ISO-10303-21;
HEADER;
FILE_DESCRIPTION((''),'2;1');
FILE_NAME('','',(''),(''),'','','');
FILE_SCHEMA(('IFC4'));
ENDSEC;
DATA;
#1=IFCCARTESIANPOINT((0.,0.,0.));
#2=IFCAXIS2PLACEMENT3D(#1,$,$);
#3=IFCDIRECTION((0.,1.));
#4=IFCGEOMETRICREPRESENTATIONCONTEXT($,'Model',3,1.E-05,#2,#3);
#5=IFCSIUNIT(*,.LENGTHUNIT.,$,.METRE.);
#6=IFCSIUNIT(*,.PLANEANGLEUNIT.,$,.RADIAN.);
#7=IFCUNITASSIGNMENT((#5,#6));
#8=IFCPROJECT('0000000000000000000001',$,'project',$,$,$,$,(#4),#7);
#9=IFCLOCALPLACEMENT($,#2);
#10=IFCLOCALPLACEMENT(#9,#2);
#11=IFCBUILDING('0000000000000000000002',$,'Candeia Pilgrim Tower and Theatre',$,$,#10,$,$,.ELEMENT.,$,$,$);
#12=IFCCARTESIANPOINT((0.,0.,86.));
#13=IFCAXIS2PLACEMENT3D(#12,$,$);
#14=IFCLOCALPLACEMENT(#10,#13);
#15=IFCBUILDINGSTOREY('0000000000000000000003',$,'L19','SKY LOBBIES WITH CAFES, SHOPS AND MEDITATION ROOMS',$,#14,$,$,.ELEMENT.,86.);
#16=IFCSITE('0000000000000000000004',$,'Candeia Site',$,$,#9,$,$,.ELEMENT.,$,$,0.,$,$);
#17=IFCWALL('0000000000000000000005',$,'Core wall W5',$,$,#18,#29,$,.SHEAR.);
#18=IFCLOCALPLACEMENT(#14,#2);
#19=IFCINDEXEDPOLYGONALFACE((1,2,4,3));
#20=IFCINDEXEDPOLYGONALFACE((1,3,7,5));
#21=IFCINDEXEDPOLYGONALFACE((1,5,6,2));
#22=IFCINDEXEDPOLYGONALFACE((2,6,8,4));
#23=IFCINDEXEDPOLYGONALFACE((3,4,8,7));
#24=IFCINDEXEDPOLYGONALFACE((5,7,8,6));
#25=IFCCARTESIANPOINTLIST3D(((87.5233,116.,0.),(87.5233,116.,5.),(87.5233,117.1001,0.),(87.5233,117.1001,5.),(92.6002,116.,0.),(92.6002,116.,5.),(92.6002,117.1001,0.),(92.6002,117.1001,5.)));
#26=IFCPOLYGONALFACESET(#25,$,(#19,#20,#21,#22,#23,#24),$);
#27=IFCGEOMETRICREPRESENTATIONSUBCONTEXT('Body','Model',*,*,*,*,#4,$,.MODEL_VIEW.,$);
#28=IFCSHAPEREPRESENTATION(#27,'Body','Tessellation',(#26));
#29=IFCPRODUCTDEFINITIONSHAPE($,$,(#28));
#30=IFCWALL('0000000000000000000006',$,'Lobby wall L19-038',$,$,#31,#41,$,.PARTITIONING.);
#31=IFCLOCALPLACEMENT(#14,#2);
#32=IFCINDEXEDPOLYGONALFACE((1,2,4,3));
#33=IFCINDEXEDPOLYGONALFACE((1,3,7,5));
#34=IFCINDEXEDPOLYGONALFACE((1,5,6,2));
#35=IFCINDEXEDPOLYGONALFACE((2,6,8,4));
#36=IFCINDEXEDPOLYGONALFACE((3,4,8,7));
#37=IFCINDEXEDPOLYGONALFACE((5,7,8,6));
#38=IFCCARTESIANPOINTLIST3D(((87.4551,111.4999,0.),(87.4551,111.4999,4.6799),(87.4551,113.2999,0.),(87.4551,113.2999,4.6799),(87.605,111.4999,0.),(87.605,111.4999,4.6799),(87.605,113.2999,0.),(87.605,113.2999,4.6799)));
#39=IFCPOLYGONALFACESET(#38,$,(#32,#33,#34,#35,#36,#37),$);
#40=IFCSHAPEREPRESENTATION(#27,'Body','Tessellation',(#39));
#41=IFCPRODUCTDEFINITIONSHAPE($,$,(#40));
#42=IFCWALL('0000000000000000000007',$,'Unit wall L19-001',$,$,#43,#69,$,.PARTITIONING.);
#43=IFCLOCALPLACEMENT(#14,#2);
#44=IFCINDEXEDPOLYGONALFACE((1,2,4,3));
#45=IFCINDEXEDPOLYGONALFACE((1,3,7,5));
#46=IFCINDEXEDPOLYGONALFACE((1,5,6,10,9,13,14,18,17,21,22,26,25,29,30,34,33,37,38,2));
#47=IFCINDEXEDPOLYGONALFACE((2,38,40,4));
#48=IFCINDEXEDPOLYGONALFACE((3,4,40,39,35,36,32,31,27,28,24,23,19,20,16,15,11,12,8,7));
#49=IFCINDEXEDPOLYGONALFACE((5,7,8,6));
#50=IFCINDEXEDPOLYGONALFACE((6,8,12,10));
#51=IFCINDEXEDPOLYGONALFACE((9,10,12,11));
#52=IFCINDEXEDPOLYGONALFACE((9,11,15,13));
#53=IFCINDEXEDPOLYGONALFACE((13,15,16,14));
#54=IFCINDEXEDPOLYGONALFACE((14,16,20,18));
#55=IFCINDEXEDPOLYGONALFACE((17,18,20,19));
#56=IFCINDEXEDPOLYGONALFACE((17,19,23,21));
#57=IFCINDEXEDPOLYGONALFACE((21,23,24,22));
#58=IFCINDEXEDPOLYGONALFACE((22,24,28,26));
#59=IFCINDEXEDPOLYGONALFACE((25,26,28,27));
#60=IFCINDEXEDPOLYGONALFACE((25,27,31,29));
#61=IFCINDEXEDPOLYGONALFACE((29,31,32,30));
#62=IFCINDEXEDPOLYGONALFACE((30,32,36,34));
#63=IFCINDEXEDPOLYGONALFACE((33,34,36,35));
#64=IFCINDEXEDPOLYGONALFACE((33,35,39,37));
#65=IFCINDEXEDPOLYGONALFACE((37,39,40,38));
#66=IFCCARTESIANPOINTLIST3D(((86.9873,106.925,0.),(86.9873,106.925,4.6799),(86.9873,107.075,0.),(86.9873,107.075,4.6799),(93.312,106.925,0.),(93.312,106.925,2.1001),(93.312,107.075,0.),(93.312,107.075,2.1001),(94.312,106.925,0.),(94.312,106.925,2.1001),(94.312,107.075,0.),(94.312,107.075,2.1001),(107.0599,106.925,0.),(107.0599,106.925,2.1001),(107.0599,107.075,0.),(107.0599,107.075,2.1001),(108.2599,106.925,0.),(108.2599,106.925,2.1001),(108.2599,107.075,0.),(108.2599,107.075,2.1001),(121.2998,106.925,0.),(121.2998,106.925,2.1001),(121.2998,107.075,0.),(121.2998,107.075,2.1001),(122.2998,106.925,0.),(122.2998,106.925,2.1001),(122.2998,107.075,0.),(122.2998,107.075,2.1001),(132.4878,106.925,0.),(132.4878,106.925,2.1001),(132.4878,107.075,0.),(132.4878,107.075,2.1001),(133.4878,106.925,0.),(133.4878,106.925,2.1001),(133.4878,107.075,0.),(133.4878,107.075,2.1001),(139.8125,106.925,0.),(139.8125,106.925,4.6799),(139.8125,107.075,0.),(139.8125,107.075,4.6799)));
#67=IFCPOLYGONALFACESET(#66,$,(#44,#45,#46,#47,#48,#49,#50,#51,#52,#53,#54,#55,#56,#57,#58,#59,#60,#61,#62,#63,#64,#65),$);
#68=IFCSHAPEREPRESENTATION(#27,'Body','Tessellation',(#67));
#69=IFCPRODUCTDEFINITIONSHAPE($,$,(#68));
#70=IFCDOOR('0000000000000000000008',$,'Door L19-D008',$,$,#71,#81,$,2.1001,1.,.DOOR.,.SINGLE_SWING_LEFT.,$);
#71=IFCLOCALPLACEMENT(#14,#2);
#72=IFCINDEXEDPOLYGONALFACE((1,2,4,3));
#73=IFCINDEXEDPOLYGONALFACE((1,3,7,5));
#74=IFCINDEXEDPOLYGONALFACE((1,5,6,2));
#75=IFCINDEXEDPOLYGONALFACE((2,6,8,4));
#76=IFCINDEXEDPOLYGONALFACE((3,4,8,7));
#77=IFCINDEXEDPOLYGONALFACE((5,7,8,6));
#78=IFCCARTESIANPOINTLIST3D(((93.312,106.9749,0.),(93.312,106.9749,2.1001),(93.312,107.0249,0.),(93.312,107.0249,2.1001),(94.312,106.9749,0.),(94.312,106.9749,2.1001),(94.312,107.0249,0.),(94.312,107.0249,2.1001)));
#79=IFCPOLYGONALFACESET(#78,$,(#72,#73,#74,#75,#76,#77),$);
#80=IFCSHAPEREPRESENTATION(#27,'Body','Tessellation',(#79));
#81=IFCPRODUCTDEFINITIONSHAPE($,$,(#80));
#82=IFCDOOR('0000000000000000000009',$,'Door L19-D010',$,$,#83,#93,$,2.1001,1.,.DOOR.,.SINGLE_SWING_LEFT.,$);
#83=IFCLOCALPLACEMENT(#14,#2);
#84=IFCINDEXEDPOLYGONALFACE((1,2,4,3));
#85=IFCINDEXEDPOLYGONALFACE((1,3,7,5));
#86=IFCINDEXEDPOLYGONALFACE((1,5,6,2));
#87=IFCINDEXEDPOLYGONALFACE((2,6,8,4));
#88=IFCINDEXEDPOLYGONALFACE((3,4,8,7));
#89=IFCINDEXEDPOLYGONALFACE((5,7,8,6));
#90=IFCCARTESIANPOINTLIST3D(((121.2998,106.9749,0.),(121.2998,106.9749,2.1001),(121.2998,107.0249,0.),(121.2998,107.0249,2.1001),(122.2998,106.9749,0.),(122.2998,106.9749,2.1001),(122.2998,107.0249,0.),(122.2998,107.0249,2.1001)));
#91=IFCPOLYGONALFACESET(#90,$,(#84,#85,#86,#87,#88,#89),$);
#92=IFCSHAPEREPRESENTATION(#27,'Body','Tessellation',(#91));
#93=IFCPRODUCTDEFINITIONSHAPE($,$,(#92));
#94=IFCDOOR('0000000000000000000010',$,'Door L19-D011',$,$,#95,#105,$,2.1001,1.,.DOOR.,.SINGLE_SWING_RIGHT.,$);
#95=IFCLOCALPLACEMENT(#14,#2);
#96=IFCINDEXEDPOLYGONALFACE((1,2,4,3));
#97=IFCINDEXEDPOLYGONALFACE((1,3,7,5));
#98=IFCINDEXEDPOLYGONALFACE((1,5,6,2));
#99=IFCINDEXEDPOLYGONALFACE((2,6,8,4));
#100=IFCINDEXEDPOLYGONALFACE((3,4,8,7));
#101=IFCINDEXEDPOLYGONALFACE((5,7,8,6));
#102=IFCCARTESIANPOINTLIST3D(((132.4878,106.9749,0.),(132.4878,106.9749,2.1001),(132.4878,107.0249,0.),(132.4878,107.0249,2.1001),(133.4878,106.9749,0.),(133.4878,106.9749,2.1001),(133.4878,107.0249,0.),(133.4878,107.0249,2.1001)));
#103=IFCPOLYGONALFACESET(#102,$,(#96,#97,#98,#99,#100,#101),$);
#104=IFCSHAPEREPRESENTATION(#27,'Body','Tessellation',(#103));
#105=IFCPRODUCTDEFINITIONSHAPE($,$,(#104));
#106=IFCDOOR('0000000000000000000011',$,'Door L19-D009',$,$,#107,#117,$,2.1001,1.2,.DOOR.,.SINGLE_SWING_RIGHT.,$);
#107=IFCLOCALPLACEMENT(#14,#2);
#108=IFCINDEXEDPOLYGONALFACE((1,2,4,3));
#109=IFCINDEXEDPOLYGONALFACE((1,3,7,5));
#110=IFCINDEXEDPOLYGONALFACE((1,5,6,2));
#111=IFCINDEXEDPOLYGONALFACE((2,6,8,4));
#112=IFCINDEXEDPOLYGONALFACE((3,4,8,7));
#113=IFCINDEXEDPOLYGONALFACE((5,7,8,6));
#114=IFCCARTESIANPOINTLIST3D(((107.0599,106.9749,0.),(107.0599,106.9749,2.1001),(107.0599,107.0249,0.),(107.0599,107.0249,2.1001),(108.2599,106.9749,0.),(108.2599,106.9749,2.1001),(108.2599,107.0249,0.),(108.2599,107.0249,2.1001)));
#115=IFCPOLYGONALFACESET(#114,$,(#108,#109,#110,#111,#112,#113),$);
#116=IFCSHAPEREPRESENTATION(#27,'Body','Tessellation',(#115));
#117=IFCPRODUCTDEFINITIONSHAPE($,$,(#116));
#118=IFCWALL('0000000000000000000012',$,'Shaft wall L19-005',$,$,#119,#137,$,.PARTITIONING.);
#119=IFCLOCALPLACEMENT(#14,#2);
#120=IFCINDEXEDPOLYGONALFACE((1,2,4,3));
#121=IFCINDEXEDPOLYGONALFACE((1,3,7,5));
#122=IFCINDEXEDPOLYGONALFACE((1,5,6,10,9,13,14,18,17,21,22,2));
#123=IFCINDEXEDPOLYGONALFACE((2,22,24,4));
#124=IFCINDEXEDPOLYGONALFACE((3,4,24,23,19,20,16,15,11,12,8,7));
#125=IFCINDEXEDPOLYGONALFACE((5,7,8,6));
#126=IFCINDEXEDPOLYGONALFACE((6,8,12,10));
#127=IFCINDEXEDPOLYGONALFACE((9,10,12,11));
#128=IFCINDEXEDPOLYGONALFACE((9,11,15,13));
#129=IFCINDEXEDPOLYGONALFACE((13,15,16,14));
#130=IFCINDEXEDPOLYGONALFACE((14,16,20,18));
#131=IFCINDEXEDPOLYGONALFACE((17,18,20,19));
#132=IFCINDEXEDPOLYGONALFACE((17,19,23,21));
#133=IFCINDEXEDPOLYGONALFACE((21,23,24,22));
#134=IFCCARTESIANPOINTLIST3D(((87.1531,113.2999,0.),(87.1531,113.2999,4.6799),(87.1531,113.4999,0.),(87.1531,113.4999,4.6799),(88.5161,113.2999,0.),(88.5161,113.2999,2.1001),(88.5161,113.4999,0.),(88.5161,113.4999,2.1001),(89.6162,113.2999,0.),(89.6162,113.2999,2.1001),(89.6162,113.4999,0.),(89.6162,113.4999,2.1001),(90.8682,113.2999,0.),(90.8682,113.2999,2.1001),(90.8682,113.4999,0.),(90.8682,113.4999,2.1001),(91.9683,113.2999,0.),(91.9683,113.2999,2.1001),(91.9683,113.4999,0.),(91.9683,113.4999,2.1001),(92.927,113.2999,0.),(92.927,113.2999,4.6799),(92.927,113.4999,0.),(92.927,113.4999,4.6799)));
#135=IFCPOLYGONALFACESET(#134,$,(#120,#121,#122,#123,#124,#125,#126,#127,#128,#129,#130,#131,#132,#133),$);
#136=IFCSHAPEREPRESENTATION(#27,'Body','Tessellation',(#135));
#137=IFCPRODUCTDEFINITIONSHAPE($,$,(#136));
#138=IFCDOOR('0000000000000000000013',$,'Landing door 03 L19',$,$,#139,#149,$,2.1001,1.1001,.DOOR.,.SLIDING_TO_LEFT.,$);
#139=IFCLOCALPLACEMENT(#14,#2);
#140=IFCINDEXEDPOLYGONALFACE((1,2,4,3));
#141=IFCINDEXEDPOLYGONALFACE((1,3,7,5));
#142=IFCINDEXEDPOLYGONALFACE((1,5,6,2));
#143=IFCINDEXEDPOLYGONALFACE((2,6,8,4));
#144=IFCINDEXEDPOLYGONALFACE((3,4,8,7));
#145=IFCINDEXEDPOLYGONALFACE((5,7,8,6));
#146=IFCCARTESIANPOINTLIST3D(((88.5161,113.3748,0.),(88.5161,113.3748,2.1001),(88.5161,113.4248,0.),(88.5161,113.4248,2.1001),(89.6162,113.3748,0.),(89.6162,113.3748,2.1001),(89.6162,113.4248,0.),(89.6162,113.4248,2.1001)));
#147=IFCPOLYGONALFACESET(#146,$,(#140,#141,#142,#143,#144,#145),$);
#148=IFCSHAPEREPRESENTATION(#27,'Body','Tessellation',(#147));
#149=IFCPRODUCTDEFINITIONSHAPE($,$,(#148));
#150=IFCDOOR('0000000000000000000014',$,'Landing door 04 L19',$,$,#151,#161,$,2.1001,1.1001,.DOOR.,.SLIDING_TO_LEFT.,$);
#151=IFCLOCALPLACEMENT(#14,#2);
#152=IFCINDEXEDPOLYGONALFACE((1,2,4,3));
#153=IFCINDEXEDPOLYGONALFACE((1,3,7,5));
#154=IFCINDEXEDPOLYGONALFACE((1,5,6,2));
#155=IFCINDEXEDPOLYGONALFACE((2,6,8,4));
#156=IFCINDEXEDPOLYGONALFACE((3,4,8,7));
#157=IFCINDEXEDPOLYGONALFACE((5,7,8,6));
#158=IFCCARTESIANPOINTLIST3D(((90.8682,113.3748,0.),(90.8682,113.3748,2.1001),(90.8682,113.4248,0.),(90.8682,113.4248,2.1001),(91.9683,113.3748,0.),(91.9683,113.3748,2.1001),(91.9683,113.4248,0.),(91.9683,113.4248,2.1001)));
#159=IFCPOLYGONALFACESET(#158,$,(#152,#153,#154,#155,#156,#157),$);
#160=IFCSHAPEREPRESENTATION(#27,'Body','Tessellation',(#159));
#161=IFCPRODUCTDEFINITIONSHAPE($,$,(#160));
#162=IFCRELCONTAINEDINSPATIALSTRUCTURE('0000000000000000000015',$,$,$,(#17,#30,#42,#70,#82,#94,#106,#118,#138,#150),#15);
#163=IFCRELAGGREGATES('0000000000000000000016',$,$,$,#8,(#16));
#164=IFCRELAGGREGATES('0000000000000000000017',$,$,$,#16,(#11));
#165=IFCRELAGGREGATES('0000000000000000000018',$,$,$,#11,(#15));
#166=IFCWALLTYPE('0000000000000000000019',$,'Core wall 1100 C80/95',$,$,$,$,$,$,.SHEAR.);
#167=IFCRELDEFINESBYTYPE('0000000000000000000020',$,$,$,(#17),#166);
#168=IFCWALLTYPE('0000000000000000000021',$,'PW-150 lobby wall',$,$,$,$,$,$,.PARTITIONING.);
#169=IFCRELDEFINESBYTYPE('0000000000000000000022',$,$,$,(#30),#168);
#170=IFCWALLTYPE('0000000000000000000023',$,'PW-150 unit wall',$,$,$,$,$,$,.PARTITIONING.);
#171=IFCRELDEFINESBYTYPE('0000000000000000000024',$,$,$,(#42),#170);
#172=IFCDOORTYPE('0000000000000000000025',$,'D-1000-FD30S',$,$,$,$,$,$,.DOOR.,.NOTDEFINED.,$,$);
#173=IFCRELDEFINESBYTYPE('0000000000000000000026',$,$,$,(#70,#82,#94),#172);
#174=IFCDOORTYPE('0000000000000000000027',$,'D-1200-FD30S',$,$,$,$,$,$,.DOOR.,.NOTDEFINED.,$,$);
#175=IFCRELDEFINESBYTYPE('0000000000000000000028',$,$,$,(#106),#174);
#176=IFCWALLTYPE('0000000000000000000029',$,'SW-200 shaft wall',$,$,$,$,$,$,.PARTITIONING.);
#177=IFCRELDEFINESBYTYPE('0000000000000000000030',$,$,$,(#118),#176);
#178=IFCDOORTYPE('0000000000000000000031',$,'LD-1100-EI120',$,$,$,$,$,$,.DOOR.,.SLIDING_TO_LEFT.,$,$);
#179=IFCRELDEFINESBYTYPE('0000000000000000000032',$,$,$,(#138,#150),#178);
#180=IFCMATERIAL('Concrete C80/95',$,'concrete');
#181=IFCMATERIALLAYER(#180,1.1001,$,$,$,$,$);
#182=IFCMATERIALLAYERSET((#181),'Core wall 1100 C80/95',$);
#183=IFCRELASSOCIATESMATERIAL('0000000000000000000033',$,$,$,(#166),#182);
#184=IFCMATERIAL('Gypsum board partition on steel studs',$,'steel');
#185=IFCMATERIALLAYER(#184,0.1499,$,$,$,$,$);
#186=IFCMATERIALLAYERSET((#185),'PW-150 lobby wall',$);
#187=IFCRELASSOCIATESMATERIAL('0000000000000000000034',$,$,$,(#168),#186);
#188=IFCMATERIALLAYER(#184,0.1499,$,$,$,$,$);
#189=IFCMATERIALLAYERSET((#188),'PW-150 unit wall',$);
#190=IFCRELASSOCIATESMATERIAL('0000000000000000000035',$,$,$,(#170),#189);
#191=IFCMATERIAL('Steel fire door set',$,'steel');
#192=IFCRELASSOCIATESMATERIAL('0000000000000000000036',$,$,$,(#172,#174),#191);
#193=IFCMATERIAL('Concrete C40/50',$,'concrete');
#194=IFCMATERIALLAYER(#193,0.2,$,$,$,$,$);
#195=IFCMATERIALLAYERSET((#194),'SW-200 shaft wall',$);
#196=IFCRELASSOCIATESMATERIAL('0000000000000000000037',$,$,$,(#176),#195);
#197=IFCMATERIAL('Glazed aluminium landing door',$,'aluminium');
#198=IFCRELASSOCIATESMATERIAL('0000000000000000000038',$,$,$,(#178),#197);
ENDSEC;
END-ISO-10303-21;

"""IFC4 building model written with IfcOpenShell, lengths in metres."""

from ifc_helpers import new_model, si_unit, direction, frame, frame_2d, origin, place, context, subcontext, project, spatial, rectangle, extrude, material, layer, layer_set, type_object, element, fill, save


model = new_model("IFC4")

# Units and contexts
model_context = context("Model", 3, precision=1e-05, world=origin(), true_north=direction((0.0, 1.0)))
body_context = subcontext(model_context, "Body", "Model", "MODEL_VIEW")
ifc_project = project(units=[si_unit("LENGTHUNIT", "METRE"), si_unit("PLANEANGLEUNIT", "RADIAN")], contexts=[model_context])

# Site, building, storey
site_placement = place(None, origin())
site = spatial("IfcSite", under=ifc_project, at=site_placement, Name="Candeia Site", CompositionType="ELEMENT", RefElevation=0.0)
building_placement = place(site_placement, origin())
building = spatial("IfcBuilding", under=site, at=building_placement, Name="Candeia Pilgrim Tower and Theatre", CompositionType="ELEMENT")
storey_placement = place(building_placement, frame((0.0, 0.0, 86.0)))
storey = spatial("IfcBuildingStorey", under=building, at=storey_placement, Name="L19", Description="SKY LOBBIES WITH CAFES, SHOPS AND MEDITATION ROOMS", CompositionType="ELEMENT", Elevation=86.0)

# Shared definitions
ifc_material_1 = material(Name="Concrete C80/95", Category="concrete")

# Wall
ifc_layer_1 = layer(ifc_material_1, 1.1001)
ifc_layer_set_1 = layer_set([ifc_layer_1], Name="Core wall 1100 C80/95")
wall_type_1 = type_object("IfcWallType", Name="Core wall 1100 C80/95", PredefinedType="SHEAR", material=ifc_layer_set_1)
wall_1_placement = place(storey_placement, frame((87.5232, 116.55, 0.0), z_axis=(0.0, 0.0, 1.0), x_axis=(1.0, 0.0, 0.0)))
element("IfcWall", 1, at=wall_1_placement, inside=storey, type_object=wall_type_1, Name="Core wall W5", PredefinedType="SHEAR", context=body_context, shape_type="SweptSolid", body=[
    extrude(rectangle(XDim=5.0769, YDim=1.1001, at=frame_2d((2.5386, 0.0))), origin(), (0.0, 0.0, 1.0), 5.0),
])

# Wall
ifc_material_2 = material(Name="Gypsum board partition on steel studs", Category="steel")
ifc_layer_2 = layer(ifc_material_2, 0.1499)
ifc_layer_set_2 = layer_set([ifc_layer_2], Name="PW-150 lobby wall")
wall_type_2 = type_object("IfcWallType", Name="PW-150 lobby wall", PredefinedType="PARTITIONING", material=ifc_layer_set_2)
wall_2_placement = place(storey_placement, frame((87.53, 111.5, 0.0), z_axis=(0.0, 0.0, 1.0), x_axis=(0.0, 1.0, 0.0)))
element("IfcWall", 2, at=wall_2_placement, inside=storey, type_object=wall_type_2, Name="Lobby wall L19-038", PredefinedType="PARTITIONING", context=body_context, shape_type="SweptSolid", body=[
    extrude(rectangle(XDim=1.8, YDim=0.1499, at=frame_2d((0.8999, 0.0))), origin(), (0.0, 0.0, 1.0), 4.6799),
])

# Walls, openings, doors
ifc_layer_3 = layer(ifc_material_2, 0.1499)
ifc_layer_set_3 = layer_set([ifc_layer_3], Name="PW-150 unit wall")
wall_type_3 = type_object("IfcWallType", Name="PW-150 unit wall", PredefinedType="PARTITIONING", material=ifc_layer_set_3)
wall_3_placement = place(storey_placement, frame((86.9873, 107.0, 0.0), z_axis=(0.0, 0.0, 1.0), x_axis=(1.0, 0.0, 0.0)))
wall_3 = element("IfcWall", 3, at=wall_3_placement, inside=storey, type_object=wall_type_3, Name="Unit wall L19-001", PredefinedType="PARTITIONING", context=body_context, shape_type="SweptSolid", body=[
    extrude(rectangle(XDim=52.8252, YDim=0.1499, at=frame_2d((26.4126, 0.0))), origin(), (0.0, 0.0, 1.0), 4.6799),
])
opening_1_placement = place(wall_3_placement, frame((6.3247, 0.0, 0.0)))
opening_1 = element("IfcOpeningElement", 4, at=opening_1_placement, cuts=wall_3, PredefinedType="OPENING", context=body_context, shape_type="SweptSolid", body=[
    extrude(rectangle(XDim=1.0, YDim=2.1001, at=frame_2d((0.5, 1.05))), frame((0.0, 0.085, 0.0), z_axis=(0.0, -1.0, 0.0), x_axis=(1.0, 0.0, 0.0)), (0.0, 0.0, 1.0), 0.1699),
])
opening_2_placement = place(wall_3_placement, frame((20.0725, 0.0, 0.0)))
opening_2 = element("IfcOpeningElement", 5, at=opening_2_placement, cuts=wall_3, PredefinedType="OPENING", context=body_context, shape_type="SweptSolid", body=[
    extrude(rectangle(XDim=1.2, YDim=2.1001, at=frame_2d((0.6001, 1.05))), frame((0.0, 0.085, 0.0), z_axis=(0.0, -1.0, 0.0), x_axis=(1.0, 0.0, 0.0)), (0.0, 0.0, 1.0), 0.1699),
])
opening_3_placement = place(wall_3_placement, frame((34.3125, 0.0, 0.0)))
opening_3 = element("IfcOpeningElement", 6, at=opening_3_placement, cuts=wall_3, PredefinedType="OPENING", context=body_context, shape_type="SweptSolid", body=[
    extrude(rectangle(XDim=1.0, YDim=2.1001, at=frame_2d((0.5, 1.05))), frame((0.0, 0.085, 0.0), z_axis=(0.0, -1.0, 0.0), x_axis=(1.0, 0.0, 0.0)), (0.0, 0.0, 1.0), 0.1699),
])
opening_4_placement = place(wall_3_placement, frame((45.5005, 0.0, 0.0)))
opening_4 = element("IfcOpeningElement", 7, at=opening_4_placement, cuts=wall_3, PredefinedType="OPENING", context=body_context, shape_type="SweptSolid", body=[
    extrude(rectangle(XDim=1.0, YDim=2.1001, at=frame_2d((0.5, 1.05))), frame((0.0, 0.085, 0.0), z_axis=(0.0, -1.0, 0.0), x_axis=(1.0, 0.0, 0.0)), (0.0, 0.0, 1.0), 0.1699),
])
ifc_material_3 = material(Name="Steel fire door set", Category="steel")
door_type_1 = type_object("IfcDoorType", Name="D-1000-FD30S", OperationType="NOTDEFINED", PredefinedType="DOOR", material=ifc_material_3)
door_1_placement = place(opening_1_placement, origin())
door_1 = element("IfcDoor", 8, at=door_1_placement, inside=storey, type_object=door_type_1, Name="Door L19-D008", OperationType="SINGLE_SWING_LEFT", OverallHeight=2.1001, OverallWidth=1.0, PredefinedType="DOOR", context=body_context, shape_type="SweptSolid", body=[
    extrude(rectangle(XDim=1.0, YDim=2.1001, at=frame_2d((0.5, 1.05))), frame((0.0, 0.0249, 0.0), z_axis=(0.0, -1.0, 0.0), x_axis=(1.0, 0.0, 0.0)), (0.0, 0.0, 1.0), 0.05),
])
fill(opening_1, door_1)
door_2_placement = place(opening_3_placement, origin())
door_2 = element("IfcDoor", 9, at=door_2_placement, inside=storey, type_object=door_type_1, Name="Door L19-D010", OperationType="SINGLE_SWING_LEFT", OverallHeight=2.1001, OverallWidth=1.0, PredefinedType="DOOR", context=body_context, shape_type="SweptSolid", body=[
    extrude(rectangle(XDim=1.0, YDim=2.1001, at=frame_2d((0.5, 1.05))), frame((0.0, 0.0249, 0.0), z_axis=(0.0, -1.0, 0.0), x_axis=(1.0, 0.0, 0.0)), (0.0, 0.0, 1.0), 0.05),
])
fill(opening_3, door_2)
door_3_placement = place(opening_4_placement, origin())
door_3 = element("IfcDoor", 10, at=door_3_placement, inside=storey, type_object=door_type_1, Name="Door L19-D011", OperationType="SINGLE_SWING_RIGHT", OverallHeight=2.1001, OverallWidth=1.0, PredefinedType="DOOR", context=body_context, shape_type="SweptSolid", body=[
    extrude(rectangle(XDim=1.0, YDim=2.1001, at=frame_2d((0.5, 1.05))), frame((0.0, 0.0249, 0.0), z_axis=(0.0, -1.0, 0.0), x_axis=(1.0, 0.0, 0.0)), (0.0, 0.0, 1.0), 0.05),
])
fill(opening_4, door_3)
door_type_2 = type_object("IfcDoorType", Name="D-1200-FD30S", OperationType="NOTDEFINED", PredefinedType="DOOR", material=ifc_material_3)
door_4_placement = place(opening_2_placement, origin())
door_4 = element("IfcDoor", 11, at=door_4_placement, inside=storey, type_object=door_type_2, Name="Door L19-D009", OperationType="SINGLE_SWING_RIGHT", OverallHeight=2.1001, OverallWidth=1.2, PredefinedType="DOOR", context=body_context, shape_type="SweptSolid", body=[
    extrude(rectangle(XDim=1.2, YDim=2.1001, at=frame_2d((0.6001, 1.05))), frame((0.0, 0.0249, 0.0), z_axis=(0.0, -1.0, 0.0), x_axis=(1.0, 0.0, 0.0)), (0.0, 0.0, 1.0), 0.05),
])
fill(opening_2, door_4)
ifc_material_4 = material(Name="Concrete C40/50", Category="concrete")
ifc_layer_4 = layer(ifc_material_4, 0.2)
ifc_layer_set_4 = layer_set([ifc_layer_4], Name="SW-200 shaft wall")
wall_type_4 = type_object("IfcWallType", Name="SW-200 shaft wall", PredefinedType="PARTITIONING", material=ifc_layer_set_4)
wall_4_placement = place(storey_placement, frame((87.1531, 113.3999, 0.0), z_axis=(0.0, 0.0, 1.0), x_axis=(1.0, 0.0, 0.0)))
wall_4 = element("IfcWall", 12, at=wall_4_placement, inside=storey, type_object=wall_type_4, Name="Shaft wall L19-005", PredefinedType="PARTITIONING", context=body_context, shape_type="SweptSolid", body=[
    extrude(rectangle(XDim=5.7739, YDim=0.2, at=frame_2d((2.887, 0.0))), origin(), (0.0, 0.0, 1.0), 4.6799),
])
opening_5_placement = place(wall_4_placement, frame((1.363, 0.0, 0.0)))
opening_5 = element("IfcOpeningElement", 13, at=opening_5_placement, cuts=wall_4, PredefinedType="OPENING", context=body_context, shape_type="SweptSolid", body=[
    extrude(rectangle(XDim=1.1001, YDim=2.1001, at=frame_2d((0.55, 1.05))), frame((0.0, 0.1099, 0.0), z_axis=(0.0, -1.0, 0.0), x_axis=(1.0, 0.0, 0.0)), (0.0, 0.0, 1.0), 0.22),
])
opening_6_placement = place(wall_4_placement, frame((3.7151, 0.0, 0.0)))
opening_6 = element("IfcOpeningElement", 14, at=opening_6_placement, cuts=wall_4, PredefinedType="OPENING", context=body_context, shape_type="SweptSolid", body=[
    extrude(rectangle(XDim=1.1001, YDim=2.1001, at=frame_2d((0.55, 1.05))), frame((0.0, 0.1099, 0.0), z_axis=(0.0, -1.0, 0.0), x_axis=(1.0, 0.0, 0.0)), (0.0, 0.0, 1.0), 0.22),
])
ifc_material_5 = material(Name="Glazed aluminium landing door", Category="aluminium")
door_type_3 = type_object("IfcDoorType", Name="LD-1100-EI120", OperationType="SLIDING_TO_LEFT", PredefinedType="DOOR", material=ifc_material_5)
door_5_placement = place(opening_5_placement, origin())
door_5 = element("IfcDoor", 15, at=door_5_placement, inside=storey, type_object=door_type_3, Name="Landing door 03 L19", OperationType="SLIDING_TO_LEFT", OverallHeight=2.1001, OverallWidth=1.1001, PredefinedType="DOOR", context=body_context, shape_type="SweptSolid", body=[
    extrude(rectangle(XDim=1.1001, YDim=2.1001, at=frame_2d((0.55, 1.05))), frame((0.0, 0.0249, 0.0), z_axis=(0.0, -1.0, 0.0), x_axis=(1.0, 0.0, 0.0)), (0.0, 0.0, 1.0), 0.05),
])
fill(opening_5, door_5)
door_6_placement = place(opening_6_placement, origin())
door_6 = element("IfcDoor", 16, at=door_6_placement, inside=storey, type_object=door_type_3, Name="Landing door 04 L19", OperationType="SLIDING_TO_LEFT", OverallHeight=2.1001, OverallWidth=1.1001, PredefinedType="DOOR", context=body_context, shape_type="SweptSolid", body=[
    extrude(rectangle(XDim=1.1001, YDim=2.1001, at=frame_2d((0.55, 1.05))), frame((0.0, 0.0249, 0.0), z_axis=(0.0, -1.0, 0.0), x_axis=(1.0, 0.0, 0.0)), (0.0, 0.0, 1.0), 0.05),
])
fill(opening_6, door_6)

save(model, "model.ifc")
